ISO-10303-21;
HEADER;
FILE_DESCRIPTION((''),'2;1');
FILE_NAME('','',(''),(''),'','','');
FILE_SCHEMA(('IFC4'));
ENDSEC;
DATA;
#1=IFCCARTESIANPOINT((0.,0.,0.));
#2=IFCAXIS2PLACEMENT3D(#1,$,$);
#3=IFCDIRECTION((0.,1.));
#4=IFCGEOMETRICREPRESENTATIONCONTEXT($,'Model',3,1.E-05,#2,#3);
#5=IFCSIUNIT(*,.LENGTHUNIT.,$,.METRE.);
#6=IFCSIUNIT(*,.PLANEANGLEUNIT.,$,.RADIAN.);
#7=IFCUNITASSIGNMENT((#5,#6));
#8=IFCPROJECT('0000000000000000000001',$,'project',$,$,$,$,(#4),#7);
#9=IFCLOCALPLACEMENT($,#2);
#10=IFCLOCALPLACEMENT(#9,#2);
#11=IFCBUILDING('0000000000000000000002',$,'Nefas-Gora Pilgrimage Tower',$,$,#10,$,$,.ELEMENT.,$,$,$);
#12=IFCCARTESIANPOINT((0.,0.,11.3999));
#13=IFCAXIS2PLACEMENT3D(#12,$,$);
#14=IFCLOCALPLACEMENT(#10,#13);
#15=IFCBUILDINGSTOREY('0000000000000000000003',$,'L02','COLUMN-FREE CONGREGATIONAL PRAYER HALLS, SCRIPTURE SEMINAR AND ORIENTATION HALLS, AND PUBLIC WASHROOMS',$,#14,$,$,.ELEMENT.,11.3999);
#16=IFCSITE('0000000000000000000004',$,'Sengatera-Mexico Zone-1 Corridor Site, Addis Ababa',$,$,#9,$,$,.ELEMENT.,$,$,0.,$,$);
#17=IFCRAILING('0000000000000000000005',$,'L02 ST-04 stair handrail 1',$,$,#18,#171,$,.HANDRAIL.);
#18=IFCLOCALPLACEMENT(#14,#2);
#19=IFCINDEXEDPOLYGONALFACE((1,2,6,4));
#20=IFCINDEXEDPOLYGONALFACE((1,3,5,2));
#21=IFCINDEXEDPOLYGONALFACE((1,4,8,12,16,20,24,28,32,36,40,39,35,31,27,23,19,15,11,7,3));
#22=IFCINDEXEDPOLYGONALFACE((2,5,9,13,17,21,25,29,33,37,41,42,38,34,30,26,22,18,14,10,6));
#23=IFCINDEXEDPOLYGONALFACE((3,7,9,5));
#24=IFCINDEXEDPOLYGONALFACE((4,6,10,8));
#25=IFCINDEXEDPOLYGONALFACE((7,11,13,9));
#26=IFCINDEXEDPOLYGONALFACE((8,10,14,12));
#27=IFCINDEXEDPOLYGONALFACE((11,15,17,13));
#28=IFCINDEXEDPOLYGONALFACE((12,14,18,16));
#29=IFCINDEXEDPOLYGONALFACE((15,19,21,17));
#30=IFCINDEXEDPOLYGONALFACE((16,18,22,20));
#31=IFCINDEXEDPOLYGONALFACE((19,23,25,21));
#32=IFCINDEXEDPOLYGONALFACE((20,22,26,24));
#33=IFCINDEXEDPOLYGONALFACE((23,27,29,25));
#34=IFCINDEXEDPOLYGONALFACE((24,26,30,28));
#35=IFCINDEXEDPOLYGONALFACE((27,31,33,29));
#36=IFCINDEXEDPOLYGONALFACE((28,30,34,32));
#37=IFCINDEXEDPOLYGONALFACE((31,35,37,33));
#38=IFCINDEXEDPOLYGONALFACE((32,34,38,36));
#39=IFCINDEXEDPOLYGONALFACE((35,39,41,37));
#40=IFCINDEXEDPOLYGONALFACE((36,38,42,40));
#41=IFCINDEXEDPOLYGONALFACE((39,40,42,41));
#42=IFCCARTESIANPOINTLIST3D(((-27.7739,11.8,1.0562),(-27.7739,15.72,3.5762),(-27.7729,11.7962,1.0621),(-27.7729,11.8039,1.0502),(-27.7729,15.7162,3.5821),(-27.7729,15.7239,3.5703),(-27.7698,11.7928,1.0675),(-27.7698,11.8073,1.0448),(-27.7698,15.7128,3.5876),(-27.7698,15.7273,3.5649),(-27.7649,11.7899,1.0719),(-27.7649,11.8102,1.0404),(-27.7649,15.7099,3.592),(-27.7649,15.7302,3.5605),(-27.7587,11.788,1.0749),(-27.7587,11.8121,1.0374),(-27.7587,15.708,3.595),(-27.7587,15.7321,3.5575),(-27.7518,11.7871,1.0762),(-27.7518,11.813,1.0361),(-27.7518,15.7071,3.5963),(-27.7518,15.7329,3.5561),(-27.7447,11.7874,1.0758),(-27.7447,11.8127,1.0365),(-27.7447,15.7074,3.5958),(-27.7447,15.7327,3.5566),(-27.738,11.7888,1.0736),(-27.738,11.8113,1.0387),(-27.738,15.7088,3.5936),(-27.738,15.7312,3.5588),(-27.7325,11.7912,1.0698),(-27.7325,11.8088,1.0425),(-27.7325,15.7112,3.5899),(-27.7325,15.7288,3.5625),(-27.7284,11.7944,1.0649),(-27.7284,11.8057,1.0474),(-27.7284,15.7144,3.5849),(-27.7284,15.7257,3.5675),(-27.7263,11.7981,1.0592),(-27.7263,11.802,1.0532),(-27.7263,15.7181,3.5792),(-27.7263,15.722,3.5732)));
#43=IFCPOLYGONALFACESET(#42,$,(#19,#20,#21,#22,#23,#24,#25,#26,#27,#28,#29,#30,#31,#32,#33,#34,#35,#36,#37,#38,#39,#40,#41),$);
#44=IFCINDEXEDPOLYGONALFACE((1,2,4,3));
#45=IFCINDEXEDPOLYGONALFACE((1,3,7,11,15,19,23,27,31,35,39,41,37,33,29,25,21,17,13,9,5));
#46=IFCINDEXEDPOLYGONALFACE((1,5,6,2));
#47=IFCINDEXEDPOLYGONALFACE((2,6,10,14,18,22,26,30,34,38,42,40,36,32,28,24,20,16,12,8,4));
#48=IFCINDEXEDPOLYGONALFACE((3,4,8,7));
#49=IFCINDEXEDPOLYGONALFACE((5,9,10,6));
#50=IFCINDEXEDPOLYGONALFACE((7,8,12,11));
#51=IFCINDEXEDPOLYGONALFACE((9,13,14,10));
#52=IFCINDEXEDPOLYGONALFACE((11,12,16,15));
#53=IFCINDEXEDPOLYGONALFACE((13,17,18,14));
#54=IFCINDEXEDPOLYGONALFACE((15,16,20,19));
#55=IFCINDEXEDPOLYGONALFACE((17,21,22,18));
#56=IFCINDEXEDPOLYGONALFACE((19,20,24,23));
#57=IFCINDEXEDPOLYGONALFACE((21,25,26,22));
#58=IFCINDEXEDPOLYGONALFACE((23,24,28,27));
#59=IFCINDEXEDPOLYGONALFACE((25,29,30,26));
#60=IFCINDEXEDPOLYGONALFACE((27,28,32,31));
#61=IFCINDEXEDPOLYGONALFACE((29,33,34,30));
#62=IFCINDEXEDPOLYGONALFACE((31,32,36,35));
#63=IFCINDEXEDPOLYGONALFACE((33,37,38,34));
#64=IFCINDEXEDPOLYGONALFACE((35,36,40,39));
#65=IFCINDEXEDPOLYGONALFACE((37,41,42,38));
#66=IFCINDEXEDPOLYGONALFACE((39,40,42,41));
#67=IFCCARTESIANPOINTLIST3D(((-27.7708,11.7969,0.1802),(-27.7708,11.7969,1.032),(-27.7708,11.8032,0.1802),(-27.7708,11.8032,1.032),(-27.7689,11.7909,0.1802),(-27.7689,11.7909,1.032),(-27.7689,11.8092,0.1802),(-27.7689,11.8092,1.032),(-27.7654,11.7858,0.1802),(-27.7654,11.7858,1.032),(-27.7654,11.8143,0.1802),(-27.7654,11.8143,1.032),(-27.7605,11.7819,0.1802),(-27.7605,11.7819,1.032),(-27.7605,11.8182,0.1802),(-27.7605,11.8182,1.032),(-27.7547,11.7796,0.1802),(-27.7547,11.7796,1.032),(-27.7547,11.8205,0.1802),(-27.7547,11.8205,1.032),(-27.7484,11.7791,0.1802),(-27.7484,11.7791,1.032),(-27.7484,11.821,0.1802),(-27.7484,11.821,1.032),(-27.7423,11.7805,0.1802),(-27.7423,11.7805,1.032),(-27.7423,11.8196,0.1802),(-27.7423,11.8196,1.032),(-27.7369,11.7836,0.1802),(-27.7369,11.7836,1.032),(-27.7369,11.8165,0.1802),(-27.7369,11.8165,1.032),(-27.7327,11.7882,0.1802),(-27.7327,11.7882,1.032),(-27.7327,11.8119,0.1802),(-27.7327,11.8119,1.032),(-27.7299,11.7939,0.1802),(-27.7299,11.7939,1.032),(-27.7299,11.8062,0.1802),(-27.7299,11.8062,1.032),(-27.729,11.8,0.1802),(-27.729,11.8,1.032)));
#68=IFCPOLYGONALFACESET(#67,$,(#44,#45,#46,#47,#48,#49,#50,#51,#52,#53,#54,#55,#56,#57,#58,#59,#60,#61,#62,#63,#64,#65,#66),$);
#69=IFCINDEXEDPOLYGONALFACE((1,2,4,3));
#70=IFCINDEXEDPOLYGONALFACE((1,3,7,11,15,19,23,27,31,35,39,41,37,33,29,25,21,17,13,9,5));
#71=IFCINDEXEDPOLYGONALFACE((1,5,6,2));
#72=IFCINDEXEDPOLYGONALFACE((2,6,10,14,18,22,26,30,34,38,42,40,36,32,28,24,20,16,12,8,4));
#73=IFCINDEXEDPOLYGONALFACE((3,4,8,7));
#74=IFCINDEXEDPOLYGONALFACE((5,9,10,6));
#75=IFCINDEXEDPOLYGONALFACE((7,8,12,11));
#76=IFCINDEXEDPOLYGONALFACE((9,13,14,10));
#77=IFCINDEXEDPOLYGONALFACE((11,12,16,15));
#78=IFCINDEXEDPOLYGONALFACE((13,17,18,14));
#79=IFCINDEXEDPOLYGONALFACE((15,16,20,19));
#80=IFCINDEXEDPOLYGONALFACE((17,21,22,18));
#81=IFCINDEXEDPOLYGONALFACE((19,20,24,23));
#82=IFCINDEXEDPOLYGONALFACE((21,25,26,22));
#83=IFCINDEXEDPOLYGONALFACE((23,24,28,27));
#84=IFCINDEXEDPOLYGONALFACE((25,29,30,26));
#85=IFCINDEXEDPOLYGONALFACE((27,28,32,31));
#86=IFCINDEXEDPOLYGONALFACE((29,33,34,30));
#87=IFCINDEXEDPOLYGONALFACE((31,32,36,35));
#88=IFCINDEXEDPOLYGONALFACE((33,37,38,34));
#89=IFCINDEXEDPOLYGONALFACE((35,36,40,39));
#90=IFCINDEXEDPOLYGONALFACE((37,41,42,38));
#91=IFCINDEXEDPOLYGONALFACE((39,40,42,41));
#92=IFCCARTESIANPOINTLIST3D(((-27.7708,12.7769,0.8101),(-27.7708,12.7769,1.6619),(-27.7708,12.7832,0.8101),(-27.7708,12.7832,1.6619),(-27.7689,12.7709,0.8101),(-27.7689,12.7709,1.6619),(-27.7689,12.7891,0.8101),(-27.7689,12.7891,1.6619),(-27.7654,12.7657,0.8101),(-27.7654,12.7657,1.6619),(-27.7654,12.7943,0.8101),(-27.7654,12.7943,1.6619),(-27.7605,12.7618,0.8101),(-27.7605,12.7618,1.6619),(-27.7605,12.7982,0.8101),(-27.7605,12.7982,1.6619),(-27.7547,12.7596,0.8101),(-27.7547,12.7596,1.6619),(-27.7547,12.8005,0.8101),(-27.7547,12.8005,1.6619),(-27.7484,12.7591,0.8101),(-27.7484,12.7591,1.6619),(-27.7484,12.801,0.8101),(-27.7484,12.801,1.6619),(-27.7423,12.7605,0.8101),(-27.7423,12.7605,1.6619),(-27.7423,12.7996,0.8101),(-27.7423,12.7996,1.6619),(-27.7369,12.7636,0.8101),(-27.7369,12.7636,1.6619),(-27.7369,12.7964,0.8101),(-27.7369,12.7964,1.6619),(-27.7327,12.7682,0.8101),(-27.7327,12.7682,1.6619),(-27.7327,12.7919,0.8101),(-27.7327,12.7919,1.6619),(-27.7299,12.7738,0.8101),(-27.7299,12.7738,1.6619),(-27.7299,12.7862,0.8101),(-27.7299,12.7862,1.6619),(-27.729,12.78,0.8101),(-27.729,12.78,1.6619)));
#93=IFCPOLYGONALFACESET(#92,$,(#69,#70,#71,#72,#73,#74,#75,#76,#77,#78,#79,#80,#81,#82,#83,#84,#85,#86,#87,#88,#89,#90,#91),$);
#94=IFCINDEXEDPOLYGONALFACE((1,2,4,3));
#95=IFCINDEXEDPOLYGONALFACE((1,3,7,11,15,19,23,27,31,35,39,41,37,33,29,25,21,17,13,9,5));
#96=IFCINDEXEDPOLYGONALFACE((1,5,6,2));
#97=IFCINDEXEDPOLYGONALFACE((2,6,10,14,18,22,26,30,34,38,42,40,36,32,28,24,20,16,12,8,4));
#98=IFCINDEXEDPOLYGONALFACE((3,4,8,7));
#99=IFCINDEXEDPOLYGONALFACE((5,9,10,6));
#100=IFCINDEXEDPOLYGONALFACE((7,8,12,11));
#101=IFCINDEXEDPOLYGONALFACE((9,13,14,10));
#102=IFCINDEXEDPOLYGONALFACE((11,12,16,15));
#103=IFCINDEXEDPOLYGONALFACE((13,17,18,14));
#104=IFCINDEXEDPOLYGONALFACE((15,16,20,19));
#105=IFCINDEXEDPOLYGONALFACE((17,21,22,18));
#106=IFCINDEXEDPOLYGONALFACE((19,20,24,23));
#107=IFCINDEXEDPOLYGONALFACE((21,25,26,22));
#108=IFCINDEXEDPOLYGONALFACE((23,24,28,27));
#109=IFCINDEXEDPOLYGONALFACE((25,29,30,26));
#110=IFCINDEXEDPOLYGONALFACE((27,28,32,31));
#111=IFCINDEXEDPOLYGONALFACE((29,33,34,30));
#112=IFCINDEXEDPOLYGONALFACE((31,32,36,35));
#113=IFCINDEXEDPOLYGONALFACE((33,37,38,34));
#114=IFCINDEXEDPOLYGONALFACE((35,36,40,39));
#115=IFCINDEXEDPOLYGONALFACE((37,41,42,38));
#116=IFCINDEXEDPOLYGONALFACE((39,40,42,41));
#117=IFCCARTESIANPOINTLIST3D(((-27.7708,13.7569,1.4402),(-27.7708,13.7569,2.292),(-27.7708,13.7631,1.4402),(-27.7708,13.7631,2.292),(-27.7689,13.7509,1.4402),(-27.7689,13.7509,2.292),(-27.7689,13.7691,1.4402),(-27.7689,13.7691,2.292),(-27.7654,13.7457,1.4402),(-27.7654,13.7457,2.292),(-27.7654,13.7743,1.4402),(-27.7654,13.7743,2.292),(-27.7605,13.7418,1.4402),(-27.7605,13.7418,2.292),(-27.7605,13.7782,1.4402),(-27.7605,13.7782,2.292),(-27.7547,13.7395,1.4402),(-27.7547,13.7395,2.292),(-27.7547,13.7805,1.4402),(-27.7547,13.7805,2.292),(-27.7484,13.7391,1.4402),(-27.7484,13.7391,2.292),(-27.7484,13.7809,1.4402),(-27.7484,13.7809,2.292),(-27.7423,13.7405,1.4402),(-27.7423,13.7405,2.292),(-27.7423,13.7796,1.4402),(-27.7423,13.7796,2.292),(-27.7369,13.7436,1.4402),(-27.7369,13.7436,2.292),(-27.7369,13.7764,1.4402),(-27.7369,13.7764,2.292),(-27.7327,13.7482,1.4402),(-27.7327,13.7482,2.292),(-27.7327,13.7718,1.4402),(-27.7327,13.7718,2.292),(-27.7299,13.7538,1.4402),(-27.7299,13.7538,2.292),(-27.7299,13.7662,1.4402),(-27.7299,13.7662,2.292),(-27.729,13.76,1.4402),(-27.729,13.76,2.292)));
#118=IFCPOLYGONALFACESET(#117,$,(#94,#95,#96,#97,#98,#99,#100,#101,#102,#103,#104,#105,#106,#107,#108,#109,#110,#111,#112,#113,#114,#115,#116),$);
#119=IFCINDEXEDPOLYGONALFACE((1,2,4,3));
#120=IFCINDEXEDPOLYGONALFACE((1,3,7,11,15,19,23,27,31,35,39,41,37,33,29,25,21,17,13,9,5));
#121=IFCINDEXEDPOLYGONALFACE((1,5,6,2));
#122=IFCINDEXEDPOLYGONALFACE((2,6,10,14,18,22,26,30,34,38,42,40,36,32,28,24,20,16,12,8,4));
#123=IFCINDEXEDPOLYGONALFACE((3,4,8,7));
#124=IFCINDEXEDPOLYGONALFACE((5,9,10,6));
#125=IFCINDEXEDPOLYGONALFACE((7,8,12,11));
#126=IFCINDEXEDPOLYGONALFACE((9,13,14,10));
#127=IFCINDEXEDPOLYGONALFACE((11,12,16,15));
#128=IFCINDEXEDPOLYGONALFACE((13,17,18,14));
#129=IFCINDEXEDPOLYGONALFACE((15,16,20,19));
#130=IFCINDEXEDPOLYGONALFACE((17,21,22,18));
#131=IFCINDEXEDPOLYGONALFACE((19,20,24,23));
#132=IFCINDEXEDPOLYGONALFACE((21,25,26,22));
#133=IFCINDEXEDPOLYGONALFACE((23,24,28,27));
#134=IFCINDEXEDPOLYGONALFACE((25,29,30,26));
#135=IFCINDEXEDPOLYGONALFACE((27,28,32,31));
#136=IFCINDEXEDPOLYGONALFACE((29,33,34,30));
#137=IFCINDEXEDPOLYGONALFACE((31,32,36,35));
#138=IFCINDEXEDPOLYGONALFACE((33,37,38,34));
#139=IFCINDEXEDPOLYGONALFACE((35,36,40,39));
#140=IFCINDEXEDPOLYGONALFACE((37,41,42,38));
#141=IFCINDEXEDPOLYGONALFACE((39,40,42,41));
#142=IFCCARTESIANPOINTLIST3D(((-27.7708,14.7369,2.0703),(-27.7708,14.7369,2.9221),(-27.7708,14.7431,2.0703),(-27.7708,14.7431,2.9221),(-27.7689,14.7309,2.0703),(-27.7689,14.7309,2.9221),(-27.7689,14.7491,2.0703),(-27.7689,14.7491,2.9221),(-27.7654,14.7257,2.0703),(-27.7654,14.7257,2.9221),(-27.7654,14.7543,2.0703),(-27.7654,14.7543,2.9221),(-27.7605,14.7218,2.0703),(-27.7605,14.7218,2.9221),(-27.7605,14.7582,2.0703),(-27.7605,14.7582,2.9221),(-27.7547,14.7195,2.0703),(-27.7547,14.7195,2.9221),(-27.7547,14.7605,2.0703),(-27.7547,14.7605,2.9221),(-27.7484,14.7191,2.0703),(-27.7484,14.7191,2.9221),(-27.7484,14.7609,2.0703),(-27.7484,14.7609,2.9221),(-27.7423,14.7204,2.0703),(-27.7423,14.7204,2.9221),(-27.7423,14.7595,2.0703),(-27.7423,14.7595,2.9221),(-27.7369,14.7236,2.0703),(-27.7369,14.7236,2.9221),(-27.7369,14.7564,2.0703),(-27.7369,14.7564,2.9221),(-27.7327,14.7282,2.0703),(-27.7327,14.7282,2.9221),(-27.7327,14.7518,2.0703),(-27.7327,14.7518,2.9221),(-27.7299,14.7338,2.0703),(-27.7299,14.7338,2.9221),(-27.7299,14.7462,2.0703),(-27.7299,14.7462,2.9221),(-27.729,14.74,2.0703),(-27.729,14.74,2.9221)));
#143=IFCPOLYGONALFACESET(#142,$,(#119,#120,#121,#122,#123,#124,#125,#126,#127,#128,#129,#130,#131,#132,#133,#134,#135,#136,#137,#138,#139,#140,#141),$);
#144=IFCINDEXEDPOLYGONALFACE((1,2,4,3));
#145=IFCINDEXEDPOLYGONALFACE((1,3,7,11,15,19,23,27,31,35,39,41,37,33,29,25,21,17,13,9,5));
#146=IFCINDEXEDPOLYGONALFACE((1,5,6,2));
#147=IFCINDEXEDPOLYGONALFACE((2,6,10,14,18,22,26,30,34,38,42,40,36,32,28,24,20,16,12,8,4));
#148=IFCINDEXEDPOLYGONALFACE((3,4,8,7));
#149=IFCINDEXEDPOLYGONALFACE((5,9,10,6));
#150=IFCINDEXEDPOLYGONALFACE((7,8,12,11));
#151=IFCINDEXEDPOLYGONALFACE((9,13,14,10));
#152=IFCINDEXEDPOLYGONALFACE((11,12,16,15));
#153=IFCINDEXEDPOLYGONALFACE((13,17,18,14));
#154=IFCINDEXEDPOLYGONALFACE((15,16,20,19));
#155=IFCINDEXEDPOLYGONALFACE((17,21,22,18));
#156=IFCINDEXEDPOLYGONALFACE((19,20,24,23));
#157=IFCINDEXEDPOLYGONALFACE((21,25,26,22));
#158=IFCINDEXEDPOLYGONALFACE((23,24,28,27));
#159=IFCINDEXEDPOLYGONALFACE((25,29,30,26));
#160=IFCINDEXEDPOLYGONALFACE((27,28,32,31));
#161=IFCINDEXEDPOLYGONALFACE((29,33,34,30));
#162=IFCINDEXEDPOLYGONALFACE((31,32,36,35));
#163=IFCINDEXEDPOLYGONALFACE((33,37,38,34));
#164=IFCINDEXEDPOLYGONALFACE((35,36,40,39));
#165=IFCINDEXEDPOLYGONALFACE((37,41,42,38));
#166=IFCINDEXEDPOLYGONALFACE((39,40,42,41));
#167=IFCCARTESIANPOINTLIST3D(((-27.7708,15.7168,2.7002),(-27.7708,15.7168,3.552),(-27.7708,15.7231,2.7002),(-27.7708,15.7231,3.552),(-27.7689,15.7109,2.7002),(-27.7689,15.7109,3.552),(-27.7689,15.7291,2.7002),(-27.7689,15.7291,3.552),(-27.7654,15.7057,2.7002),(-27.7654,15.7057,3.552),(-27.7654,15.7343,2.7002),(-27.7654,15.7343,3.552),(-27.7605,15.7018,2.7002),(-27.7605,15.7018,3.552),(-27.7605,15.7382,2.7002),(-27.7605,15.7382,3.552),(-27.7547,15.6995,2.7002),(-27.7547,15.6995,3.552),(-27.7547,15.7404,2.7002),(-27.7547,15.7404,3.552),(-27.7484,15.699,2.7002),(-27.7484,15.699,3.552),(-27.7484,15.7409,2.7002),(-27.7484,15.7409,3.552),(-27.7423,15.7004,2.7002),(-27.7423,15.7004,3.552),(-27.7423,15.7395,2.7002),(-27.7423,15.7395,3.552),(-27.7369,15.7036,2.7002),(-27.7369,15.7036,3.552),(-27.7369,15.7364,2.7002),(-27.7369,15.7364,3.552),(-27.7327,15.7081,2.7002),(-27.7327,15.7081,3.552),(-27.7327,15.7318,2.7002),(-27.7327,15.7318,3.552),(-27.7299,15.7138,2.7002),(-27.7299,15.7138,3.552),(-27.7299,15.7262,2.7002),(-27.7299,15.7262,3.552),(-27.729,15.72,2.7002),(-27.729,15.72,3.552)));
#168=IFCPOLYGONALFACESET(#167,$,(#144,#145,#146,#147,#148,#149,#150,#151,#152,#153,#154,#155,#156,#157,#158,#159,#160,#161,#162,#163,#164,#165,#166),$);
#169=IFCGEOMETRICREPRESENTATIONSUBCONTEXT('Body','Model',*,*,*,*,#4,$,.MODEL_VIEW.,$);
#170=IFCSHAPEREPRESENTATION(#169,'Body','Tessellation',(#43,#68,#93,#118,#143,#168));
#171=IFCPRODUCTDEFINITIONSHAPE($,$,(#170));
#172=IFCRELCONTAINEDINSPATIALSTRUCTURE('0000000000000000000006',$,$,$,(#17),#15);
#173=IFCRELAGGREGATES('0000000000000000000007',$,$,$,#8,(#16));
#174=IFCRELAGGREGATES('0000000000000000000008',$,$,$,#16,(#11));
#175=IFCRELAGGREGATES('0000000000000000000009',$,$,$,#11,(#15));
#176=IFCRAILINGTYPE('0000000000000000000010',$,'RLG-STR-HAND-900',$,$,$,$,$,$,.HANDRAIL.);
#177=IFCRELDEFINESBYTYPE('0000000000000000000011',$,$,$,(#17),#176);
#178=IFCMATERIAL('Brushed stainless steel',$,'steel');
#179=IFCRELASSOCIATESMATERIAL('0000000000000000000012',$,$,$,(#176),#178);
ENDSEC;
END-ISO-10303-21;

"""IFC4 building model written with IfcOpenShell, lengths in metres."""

from ifc_helpers import new_model, si_unit, direction, frame, origin, origin_2d, place, context, subcontext, project, spatial, circle, extrude, material, type_object, element, save


model = new_model("IFC4")

# Units and contexts
model_context = context("Model", 3, precision=1e-05, world=origin(), true_north=direction((0.0, 1.0)))
body_context = subcontext(model_context, "Body", "Model", "MODEL_VIEW")
ifc_project = project(units=[si_unit("LENGTHUNIT", "METRE"), si_unit("PLANEANGLEUNIT", "RADIAN")], contexts=[model_context])

# Site, building, storey
site_placement = place(None, origin())
site = spatial("IfcSite", under=ifc_project, at=site_placement, Name="Sengatera-Mexico Zone-1 Corridor Site, Addis Ababa", CompositionType="ELEMENT", RefElevation=0.0)
building_placement = place(site_placement, origin())
building = spatial("IfcBuilding", under=site, at=building_placement, Name="Nefas-Gora Pilgrimage Tower", CompositionType="ELEMENT")
storey_placement = place(building_placement, frame((0.0, 0.0, 11.3999)))
storey = spatial("IfcBuildingStorey", under=building, at=storey_placement, Name="L02", Description="COLUMN-FREE CONGREGATIONAL PRAYER HALLS, SCRIPTURE SEMINAR AND ORIENTATION HALLS, AND PUBLIC WASHROOMS", CompositionType="ELEMENT", Elevation=11.3999)

# Railing
ifc_material_1 = material(Name="Brushed stainless steel", Category="steel")
railing_type_1 = type_object("IfcRailingType", Name="RLG-STR-HAND-900", PredefinedType="HANDRAIL", material=ifc_material_1)
railing_1_placement = place(storey_placement, frame((-27.75, 11.8, 0.1802)))
element("IfcRailing", 1, at=railing_1_placement, inside=storey, type_object=railing_type_1, Name="L02 ST-04 stair handrail 1", PredefinedType="HANDRAIL", context=body_context, shape_type="SweptSolid", body=[
    extrude(circle(Radius=0.0239, at=origin_2d()), frame((0.0, 0.0, 0.876), z_axis=(0.0, 0.841172, 0.540768), x_axis=(-1.0, 0.0, 0.0)), (0.0, 0.0, 1.0), 4.6602),
    extrude(circle(Radius=0.021, at=origin_2d()), origin(), (0.0, 0.0, 1.0), 0.8518),
    extrude(circle(Radius=0.021, at=origin_2d()), frame((0.0, 0.98, 0.6299)), (0.0, 0.0, 1.0), 0.8518),
    extrude(circle(Radius=0.021, at=origin_2d()), frame((0.0, 1.96, 1.26)), (0.0, 0.0, 1.0), 0.8518),
    extrude(circle(Radius=0.021, at=origin_2d()), frame((0.0, 2.9399, 1.8901)), (0.0, 0.0, 1.0), 0.8518),
    extrude(circle(Radius=0.021, at=origin_2d()), frame((0.0, 3.9199, 2.52)), (0.0, 0.0, 1.0), 0.8518),
])

save(model, "model.ifc")
